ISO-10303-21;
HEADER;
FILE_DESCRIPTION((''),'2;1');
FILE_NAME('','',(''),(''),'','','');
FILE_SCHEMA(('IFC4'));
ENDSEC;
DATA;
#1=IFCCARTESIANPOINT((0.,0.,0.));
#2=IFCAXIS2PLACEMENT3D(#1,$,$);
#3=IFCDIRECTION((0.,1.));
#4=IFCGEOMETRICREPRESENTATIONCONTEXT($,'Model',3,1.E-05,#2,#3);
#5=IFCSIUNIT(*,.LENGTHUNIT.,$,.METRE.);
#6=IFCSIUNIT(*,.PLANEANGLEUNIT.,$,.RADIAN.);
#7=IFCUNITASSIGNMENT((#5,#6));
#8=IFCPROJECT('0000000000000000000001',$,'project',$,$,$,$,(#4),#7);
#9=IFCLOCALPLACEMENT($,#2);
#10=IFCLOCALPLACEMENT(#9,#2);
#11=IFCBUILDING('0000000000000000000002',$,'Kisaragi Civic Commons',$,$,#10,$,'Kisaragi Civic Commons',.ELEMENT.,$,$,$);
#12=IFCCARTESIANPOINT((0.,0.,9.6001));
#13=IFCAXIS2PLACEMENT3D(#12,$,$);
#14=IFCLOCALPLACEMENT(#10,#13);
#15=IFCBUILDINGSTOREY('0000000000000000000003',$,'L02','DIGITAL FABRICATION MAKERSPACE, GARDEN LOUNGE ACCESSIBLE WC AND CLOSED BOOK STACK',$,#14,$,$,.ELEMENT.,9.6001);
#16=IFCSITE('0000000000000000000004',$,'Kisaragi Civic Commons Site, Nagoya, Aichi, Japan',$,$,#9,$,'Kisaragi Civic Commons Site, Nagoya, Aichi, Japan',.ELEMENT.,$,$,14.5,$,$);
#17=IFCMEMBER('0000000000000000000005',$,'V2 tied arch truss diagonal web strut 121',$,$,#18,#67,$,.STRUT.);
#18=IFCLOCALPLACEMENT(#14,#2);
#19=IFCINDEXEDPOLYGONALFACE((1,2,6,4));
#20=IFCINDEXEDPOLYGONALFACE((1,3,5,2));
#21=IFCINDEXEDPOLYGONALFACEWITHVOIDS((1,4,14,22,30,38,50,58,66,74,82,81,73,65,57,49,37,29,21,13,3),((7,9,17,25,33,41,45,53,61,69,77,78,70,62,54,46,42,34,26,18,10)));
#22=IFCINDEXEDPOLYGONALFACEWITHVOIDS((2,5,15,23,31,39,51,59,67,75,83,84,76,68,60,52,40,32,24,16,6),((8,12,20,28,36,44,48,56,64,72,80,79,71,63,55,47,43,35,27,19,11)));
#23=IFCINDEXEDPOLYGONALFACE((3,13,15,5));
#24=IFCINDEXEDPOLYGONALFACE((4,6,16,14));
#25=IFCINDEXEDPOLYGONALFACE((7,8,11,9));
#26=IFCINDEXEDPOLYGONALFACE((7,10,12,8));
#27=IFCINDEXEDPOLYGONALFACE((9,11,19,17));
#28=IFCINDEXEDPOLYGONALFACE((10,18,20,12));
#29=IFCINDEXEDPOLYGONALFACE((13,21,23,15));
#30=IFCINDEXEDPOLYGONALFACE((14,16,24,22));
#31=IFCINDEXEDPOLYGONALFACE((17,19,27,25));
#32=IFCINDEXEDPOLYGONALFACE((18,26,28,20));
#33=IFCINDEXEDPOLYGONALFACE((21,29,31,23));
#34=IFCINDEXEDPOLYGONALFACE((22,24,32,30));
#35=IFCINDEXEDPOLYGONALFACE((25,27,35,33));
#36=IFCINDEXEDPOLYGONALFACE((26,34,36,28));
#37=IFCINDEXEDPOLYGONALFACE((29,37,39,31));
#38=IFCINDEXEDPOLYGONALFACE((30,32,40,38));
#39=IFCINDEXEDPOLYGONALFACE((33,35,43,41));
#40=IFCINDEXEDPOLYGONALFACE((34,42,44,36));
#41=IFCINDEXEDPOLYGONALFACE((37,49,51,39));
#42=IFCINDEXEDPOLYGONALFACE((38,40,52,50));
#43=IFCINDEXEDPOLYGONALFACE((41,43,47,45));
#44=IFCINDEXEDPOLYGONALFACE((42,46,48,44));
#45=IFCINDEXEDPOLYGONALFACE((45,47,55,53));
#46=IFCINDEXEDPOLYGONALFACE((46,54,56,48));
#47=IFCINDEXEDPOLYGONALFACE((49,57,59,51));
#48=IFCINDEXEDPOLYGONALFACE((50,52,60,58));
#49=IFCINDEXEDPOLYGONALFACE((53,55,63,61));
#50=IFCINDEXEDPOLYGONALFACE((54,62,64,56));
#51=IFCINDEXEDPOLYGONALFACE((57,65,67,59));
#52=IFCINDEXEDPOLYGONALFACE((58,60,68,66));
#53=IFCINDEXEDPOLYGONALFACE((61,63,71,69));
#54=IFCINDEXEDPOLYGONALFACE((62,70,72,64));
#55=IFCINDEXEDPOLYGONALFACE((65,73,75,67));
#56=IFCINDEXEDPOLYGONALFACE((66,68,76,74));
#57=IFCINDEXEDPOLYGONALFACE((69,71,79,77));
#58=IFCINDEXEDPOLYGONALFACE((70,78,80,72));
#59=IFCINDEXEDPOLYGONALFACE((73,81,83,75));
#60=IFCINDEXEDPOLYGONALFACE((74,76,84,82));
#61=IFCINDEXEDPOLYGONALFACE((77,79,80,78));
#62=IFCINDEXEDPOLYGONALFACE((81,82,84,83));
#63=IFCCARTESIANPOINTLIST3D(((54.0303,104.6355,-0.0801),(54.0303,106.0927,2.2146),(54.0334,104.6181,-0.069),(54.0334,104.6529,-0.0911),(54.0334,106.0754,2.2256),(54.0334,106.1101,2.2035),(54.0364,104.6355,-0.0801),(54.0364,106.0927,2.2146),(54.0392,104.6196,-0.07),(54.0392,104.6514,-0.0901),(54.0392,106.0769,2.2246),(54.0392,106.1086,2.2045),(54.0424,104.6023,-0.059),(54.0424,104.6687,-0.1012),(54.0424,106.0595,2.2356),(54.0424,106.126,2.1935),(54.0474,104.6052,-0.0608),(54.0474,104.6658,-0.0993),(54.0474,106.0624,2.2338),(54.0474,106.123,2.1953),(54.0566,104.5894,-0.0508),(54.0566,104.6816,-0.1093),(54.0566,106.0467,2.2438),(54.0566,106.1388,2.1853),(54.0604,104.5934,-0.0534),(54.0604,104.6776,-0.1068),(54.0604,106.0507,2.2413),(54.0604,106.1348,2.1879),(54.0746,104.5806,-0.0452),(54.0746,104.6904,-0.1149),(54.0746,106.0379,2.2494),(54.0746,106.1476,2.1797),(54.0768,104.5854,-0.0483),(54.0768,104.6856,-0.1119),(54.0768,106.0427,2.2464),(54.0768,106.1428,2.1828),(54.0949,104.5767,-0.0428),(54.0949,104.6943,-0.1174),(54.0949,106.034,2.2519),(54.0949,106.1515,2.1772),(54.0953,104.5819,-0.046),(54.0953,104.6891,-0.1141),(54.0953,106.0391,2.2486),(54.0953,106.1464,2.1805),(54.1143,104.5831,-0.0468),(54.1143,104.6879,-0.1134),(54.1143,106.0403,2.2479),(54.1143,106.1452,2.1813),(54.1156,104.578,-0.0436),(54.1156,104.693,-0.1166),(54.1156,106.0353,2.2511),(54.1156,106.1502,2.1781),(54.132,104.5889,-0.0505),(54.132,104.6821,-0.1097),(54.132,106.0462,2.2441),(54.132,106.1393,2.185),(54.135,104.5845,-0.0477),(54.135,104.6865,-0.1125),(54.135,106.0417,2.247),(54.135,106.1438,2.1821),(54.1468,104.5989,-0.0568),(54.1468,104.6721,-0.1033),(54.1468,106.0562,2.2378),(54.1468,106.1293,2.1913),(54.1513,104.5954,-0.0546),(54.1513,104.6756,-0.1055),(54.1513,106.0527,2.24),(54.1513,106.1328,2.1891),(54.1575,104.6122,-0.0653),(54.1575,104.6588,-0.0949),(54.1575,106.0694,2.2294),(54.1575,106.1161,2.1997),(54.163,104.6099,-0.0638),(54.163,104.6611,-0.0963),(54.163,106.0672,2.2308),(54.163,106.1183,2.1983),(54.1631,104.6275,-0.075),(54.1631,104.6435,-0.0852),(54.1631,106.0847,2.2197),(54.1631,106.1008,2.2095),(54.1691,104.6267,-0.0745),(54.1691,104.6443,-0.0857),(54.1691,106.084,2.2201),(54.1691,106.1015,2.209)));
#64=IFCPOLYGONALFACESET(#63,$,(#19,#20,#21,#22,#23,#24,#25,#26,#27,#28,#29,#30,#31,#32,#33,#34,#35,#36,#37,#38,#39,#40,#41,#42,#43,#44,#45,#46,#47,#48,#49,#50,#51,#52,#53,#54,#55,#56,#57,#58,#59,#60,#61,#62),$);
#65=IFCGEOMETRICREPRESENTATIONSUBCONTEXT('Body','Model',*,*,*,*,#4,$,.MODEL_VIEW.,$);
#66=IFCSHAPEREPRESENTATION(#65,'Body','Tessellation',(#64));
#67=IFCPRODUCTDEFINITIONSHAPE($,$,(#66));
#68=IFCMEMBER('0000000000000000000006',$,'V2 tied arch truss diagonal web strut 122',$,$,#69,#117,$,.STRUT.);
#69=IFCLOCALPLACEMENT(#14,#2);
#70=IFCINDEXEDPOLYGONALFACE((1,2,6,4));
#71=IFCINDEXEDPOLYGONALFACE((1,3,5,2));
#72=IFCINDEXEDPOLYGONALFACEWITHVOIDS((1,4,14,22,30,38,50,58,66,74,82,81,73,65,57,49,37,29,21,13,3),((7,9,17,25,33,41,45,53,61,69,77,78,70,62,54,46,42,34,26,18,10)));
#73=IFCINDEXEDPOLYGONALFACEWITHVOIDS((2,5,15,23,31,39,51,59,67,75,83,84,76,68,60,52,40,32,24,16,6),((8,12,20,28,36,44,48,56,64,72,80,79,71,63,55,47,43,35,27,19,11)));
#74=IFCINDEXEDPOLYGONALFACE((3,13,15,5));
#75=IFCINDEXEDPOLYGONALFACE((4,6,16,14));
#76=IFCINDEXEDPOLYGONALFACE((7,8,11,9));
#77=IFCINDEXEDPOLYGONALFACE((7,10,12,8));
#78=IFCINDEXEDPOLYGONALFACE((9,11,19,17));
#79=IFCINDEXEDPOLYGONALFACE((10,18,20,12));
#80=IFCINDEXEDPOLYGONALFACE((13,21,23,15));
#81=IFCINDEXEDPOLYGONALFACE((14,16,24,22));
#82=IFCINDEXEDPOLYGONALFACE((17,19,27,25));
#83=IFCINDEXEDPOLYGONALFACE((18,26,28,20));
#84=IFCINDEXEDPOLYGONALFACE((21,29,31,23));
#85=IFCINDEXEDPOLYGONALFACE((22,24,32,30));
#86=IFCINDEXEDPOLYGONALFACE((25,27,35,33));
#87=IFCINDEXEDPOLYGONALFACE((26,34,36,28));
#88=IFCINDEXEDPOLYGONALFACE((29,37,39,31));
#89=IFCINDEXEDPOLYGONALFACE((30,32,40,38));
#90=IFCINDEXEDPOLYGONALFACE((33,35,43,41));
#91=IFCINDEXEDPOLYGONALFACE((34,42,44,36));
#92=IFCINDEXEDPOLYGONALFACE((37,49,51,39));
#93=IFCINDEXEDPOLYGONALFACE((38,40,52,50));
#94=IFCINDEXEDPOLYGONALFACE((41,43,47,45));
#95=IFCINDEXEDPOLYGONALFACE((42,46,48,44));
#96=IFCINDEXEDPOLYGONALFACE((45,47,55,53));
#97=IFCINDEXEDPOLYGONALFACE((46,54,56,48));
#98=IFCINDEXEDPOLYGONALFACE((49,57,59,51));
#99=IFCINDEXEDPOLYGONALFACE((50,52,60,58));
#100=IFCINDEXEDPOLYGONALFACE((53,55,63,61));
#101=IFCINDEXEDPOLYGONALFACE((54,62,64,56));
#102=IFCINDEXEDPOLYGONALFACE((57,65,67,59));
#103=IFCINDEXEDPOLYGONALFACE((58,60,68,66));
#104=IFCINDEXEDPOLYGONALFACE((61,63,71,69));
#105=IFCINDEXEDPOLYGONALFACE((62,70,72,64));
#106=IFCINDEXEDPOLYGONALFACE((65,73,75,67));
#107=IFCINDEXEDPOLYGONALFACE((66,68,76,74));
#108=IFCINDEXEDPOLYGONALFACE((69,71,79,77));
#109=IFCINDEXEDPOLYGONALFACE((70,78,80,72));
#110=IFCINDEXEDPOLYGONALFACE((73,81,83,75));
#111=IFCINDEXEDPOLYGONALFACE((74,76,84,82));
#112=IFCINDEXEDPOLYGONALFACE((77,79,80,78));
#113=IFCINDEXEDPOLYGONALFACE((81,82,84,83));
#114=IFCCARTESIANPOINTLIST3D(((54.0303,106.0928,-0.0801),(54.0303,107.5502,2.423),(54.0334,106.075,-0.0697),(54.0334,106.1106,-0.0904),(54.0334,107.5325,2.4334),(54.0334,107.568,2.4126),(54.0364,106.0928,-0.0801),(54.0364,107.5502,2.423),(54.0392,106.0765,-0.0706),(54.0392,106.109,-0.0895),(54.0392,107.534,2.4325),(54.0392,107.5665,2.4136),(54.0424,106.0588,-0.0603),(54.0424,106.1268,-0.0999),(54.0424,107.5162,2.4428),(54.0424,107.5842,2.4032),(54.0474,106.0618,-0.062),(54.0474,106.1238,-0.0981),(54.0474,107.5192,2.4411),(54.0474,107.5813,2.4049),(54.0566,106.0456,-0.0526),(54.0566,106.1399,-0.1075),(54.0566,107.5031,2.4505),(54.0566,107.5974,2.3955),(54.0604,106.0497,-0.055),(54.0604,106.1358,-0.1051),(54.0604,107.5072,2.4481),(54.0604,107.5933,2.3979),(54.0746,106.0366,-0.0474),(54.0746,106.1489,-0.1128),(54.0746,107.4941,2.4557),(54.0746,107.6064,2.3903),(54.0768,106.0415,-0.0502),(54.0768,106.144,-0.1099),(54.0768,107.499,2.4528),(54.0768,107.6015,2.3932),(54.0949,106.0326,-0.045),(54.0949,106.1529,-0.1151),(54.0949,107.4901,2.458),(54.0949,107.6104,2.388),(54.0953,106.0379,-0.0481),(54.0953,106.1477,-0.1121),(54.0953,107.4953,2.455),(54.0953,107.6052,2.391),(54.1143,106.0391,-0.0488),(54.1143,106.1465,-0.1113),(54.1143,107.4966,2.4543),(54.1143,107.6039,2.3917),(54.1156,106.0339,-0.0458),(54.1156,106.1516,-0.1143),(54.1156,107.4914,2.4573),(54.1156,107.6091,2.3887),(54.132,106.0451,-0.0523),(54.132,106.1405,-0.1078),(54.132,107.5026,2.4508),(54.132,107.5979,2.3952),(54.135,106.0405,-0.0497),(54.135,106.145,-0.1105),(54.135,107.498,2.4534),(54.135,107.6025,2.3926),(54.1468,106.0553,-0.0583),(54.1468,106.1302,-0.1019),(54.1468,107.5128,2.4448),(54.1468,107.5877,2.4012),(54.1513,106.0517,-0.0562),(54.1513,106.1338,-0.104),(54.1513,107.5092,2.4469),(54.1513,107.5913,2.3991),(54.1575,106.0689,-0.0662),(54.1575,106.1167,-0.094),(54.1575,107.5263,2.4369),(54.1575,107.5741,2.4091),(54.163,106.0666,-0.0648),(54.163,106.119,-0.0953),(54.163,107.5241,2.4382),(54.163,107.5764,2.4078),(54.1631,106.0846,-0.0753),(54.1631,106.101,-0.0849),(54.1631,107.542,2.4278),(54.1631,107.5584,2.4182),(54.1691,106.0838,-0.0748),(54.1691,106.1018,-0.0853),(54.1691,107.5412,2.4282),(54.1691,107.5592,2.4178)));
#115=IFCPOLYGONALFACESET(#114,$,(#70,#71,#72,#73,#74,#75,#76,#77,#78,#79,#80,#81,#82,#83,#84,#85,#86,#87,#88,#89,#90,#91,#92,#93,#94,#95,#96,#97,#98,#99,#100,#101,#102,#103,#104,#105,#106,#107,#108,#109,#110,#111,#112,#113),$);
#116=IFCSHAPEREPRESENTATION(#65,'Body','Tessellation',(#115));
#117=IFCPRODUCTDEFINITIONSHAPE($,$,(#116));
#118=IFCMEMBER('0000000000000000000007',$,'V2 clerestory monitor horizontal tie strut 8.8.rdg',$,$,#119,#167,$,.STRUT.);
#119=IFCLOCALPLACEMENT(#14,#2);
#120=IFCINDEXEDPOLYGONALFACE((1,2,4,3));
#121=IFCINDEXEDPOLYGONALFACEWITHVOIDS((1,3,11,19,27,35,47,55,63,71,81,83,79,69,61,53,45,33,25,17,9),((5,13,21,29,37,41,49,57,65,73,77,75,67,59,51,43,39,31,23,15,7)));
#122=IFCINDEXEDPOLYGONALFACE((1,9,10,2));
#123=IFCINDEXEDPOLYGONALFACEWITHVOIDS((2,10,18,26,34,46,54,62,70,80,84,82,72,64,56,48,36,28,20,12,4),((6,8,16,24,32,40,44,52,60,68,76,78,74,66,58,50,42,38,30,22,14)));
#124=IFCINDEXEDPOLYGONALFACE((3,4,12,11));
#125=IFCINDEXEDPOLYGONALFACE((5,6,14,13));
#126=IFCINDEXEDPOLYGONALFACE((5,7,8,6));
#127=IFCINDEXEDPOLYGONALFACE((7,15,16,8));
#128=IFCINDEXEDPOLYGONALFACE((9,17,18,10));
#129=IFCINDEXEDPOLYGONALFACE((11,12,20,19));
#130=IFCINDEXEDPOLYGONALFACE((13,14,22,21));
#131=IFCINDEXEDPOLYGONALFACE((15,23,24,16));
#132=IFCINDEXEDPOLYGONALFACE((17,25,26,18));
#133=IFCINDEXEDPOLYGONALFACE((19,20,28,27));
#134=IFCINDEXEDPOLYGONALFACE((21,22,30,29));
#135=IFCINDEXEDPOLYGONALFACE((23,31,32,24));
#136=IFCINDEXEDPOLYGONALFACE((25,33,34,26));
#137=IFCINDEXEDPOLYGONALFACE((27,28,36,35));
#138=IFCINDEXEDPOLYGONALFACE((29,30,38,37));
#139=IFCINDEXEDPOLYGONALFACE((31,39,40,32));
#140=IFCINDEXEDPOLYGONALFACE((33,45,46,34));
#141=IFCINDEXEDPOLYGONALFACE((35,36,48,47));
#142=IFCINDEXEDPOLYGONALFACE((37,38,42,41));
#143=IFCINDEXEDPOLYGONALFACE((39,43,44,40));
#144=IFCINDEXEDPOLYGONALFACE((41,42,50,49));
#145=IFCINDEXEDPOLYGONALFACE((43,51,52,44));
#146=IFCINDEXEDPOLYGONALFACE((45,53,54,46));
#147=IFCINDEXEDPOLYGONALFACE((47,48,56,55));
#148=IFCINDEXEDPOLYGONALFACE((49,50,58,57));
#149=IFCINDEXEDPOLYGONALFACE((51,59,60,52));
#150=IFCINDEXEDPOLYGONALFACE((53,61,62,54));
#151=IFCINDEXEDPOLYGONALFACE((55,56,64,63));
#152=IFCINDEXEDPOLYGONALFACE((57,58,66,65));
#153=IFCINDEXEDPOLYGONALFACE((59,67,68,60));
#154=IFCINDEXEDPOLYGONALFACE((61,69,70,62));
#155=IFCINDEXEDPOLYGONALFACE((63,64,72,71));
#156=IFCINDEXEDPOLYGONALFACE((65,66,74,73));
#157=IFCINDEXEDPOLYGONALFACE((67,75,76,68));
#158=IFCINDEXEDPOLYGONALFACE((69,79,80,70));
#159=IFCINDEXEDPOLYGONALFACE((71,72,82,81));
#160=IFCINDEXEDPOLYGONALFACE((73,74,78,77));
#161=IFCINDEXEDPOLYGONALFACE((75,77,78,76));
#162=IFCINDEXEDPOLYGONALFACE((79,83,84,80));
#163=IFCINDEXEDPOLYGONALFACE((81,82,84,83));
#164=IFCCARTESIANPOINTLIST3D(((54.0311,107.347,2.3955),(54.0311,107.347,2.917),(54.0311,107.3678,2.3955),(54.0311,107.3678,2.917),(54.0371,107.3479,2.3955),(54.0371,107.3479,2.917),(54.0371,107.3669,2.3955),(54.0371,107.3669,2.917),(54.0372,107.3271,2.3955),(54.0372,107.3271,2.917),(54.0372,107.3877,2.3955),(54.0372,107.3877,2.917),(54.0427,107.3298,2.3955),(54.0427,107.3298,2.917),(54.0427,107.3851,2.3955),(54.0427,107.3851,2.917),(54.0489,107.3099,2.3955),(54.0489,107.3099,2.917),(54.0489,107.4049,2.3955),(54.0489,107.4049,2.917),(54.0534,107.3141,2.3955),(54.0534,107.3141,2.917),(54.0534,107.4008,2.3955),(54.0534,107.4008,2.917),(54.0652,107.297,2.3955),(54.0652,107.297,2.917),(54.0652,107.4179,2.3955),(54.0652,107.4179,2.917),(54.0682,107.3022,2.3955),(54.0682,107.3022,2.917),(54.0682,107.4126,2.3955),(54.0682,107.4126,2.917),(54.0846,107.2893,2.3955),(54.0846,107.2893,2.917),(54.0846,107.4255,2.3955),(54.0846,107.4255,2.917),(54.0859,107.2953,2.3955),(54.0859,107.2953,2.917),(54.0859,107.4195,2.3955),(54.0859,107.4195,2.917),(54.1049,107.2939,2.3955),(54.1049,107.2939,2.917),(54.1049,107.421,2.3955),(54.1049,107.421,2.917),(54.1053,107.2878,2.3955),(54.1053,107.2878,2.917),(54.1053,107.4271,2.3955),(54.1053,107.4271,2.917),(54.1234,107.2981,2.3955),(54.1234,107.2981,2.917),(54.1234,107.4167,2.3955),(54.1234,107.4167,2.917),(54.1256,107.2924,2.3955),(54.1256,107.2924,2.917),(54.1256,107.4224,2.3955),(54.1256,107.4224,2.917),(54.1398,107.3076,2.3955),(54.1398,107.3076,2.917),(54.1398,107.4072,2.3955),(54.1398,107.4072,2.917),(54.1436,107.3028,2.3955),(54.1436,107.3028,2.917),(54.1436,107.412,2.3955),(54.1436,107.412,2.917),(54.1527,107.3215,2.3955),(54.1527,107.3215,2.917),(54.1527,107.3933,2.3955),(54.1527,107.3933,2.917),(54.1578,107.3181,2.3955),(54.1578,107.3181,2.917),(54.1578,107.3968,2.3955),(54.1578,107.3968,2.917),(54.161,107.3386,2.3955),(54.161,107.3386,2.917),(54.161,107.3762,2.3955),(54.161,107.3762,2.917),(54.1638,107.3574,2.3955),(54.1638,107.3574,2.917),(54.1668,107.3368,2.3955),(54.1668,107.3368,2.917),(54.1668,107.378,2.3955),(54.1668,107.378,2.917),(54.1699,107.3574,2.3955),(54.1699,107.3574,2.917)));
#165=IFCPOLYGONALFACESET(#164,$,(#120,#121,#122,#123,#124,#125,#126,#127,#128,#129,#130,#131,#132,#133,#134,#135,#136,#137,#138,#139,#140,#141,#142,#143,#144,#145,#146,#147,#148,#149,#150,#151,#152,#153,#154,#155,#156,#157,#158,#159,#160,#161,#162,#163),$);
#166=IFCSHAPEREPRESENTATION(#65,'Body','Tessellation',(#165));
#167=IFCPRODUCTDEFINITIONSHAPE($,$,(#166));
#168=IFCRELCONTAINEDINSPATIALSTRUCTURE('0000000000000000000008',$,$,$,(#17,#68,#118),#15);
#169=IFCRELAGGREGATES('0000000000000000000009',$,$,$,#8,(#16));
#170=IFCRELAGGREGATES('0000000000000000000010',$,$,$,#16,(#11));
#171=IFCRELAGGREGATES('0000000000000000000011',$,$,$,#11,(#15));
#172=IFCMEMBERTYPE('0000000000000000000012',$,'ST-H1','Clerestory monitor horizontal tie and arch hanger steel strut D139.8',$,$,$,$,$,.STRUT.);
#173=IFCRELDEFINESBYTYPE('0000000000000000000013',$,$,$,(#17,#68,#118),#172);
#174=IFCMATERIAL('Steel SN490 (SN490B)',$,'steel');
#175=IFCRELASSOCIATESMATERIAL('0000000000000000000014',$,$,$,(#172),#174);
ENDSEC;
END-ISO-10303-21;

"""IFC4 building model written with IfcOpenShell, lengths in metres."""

from ifc_helpers import new_model, si_unit, direction, frame, origin, origin_2d, place, context, subcontext, project, spatial, hollow_circle, extrude, material, material_profile, profile_set, type_object, element, save


model = new_model("IFC4")

# Units and contexts
model_context = context("Model", 3, precision=1e-05, world=origin(), true_north=direction((0.0, 1.0)))
body_context = subcontext(model_context, "Body", "Model", "MODEL_VIEW")
ifc_project = project(units=[si_unit("LENGTHUNIT", "METRE"), si_unit("PLANEANGLEUNIT", "RADIAN")], contexts=[model_context])

# Site, building, storey
site_placement = place(None, origin())
site = spatial("IfcSite", under=ifc_project, at=site_placement, Name="Kisaragi Civic Commons Site, Nagoya, Aichi, Japan", LongName="Kisaragi Civic Commons Site, Nagoya, Aichi, Japan", CompositionType="ELEMENT", RefElevation=14.5)
building_placement = place(site_placement, origin())
building = spatial("IfcBuilding", under=site, at=building_placement, Name="Kisaragi Civic Commons", LongName="Kisaragi Civic Commons", CompositionType="ELEMENT")
storey_placement = place(building_placement, frame((0.0, 0.0, 9.6001)))
storey = spatial("IfcBuildingStorey", under=building, at=storey_placement, Name="L02", Description="DIGITAL FABRICATION MAKERSPACE, GARDEN LOUNGE ACCESSIBLE WC AND CLOSED BOOK STACK", CompositionType="ELEMENT", Elevation=9.6001)

# Members
ifc_material_1 = material(Name="Steel SN490 (SN490B)", Category="steel")
ifc_material_profile_1 = material_profile(ifc_material_1, hollow_circle(Radius=0.0698, WallThickness=0.0061, at=origin_2d()), Name="CHS-139.8x6.0", Category="steel")
ifc_profile_set_1 = profile_set([ifc_material_profile_1], Name="Steel SN490 (SN490B)")
member_type_1 = type_object("IfcMemberType", Name="ST-H1", Description="Clerestory monitor horizontal tie and arch hanger steel strut D139.8", PredefinedType="STRUT", material=ifc_profile_set_1)
member_1_placement = place(storey_placement, frame((54.1001, 104.6355, -0.0801), z_axis=(0.0, 0.536097, 0.844157), x_axis=(-1.0, 0.0, 0.0)))
element("IfcMember", 1, at=member_1_placement, inside=storey, type_object=member_type_1, Name="V2 tied arch truss diagonal web strut 121", PredefinedType="STRUT", context=body_context, shape_type="SweptSolid", body=[
    extrude(hollow_circle(Radius=0.0698, WallThickness=0.0061, at=origin_2d()), origin(), (0.0, 0.0, 1.0), 2.7183),
])
member_2_placement = place(storey_placement, frame((54.1001, 106.0928, -0.0801), z_axis=(0.0, 0.503184, 0.864179), x_axis=(-1.0, 0.0, 0.0)))
element("IfcMember", 2, at=member_2_placement, inside=storey, type_object=member_type_1, Name="V2 tied arch truss diagonal web strut 122", PredefinedType="STRUT", context=body_context, shape_type="SweptSolid", body=[
    extrude(hollow_circle(Radius=0.0698, WallThickness=0.0061, at=origin_2d()), origin(), (0.0, 0.0, 1.0), 2.8965),
])
member_3_placement = place(storey_placement, frame((54.1001, 107.3574, 2.3955), z_axis=(0.0, 0.0, 1.0), x_axis=(1.0, 0.0, 0.0)))
element("IfcMember", 3, at=member_3_placement, inside=storey, type_object=member_type_1, Name="V2 clerestory monitor horizontal tie strut 8.8.rdg", PredefinedType="STRUT", context=body_context, shape_type="SweptSolid", body=[
    extrude(hollow_circle(Radius=0.0698, WallThickness=0.0061, at=origin_2d()), origin(), (0.0, 0.0, 1.0), 0.5215),
])

save(model, "model.ifc")
